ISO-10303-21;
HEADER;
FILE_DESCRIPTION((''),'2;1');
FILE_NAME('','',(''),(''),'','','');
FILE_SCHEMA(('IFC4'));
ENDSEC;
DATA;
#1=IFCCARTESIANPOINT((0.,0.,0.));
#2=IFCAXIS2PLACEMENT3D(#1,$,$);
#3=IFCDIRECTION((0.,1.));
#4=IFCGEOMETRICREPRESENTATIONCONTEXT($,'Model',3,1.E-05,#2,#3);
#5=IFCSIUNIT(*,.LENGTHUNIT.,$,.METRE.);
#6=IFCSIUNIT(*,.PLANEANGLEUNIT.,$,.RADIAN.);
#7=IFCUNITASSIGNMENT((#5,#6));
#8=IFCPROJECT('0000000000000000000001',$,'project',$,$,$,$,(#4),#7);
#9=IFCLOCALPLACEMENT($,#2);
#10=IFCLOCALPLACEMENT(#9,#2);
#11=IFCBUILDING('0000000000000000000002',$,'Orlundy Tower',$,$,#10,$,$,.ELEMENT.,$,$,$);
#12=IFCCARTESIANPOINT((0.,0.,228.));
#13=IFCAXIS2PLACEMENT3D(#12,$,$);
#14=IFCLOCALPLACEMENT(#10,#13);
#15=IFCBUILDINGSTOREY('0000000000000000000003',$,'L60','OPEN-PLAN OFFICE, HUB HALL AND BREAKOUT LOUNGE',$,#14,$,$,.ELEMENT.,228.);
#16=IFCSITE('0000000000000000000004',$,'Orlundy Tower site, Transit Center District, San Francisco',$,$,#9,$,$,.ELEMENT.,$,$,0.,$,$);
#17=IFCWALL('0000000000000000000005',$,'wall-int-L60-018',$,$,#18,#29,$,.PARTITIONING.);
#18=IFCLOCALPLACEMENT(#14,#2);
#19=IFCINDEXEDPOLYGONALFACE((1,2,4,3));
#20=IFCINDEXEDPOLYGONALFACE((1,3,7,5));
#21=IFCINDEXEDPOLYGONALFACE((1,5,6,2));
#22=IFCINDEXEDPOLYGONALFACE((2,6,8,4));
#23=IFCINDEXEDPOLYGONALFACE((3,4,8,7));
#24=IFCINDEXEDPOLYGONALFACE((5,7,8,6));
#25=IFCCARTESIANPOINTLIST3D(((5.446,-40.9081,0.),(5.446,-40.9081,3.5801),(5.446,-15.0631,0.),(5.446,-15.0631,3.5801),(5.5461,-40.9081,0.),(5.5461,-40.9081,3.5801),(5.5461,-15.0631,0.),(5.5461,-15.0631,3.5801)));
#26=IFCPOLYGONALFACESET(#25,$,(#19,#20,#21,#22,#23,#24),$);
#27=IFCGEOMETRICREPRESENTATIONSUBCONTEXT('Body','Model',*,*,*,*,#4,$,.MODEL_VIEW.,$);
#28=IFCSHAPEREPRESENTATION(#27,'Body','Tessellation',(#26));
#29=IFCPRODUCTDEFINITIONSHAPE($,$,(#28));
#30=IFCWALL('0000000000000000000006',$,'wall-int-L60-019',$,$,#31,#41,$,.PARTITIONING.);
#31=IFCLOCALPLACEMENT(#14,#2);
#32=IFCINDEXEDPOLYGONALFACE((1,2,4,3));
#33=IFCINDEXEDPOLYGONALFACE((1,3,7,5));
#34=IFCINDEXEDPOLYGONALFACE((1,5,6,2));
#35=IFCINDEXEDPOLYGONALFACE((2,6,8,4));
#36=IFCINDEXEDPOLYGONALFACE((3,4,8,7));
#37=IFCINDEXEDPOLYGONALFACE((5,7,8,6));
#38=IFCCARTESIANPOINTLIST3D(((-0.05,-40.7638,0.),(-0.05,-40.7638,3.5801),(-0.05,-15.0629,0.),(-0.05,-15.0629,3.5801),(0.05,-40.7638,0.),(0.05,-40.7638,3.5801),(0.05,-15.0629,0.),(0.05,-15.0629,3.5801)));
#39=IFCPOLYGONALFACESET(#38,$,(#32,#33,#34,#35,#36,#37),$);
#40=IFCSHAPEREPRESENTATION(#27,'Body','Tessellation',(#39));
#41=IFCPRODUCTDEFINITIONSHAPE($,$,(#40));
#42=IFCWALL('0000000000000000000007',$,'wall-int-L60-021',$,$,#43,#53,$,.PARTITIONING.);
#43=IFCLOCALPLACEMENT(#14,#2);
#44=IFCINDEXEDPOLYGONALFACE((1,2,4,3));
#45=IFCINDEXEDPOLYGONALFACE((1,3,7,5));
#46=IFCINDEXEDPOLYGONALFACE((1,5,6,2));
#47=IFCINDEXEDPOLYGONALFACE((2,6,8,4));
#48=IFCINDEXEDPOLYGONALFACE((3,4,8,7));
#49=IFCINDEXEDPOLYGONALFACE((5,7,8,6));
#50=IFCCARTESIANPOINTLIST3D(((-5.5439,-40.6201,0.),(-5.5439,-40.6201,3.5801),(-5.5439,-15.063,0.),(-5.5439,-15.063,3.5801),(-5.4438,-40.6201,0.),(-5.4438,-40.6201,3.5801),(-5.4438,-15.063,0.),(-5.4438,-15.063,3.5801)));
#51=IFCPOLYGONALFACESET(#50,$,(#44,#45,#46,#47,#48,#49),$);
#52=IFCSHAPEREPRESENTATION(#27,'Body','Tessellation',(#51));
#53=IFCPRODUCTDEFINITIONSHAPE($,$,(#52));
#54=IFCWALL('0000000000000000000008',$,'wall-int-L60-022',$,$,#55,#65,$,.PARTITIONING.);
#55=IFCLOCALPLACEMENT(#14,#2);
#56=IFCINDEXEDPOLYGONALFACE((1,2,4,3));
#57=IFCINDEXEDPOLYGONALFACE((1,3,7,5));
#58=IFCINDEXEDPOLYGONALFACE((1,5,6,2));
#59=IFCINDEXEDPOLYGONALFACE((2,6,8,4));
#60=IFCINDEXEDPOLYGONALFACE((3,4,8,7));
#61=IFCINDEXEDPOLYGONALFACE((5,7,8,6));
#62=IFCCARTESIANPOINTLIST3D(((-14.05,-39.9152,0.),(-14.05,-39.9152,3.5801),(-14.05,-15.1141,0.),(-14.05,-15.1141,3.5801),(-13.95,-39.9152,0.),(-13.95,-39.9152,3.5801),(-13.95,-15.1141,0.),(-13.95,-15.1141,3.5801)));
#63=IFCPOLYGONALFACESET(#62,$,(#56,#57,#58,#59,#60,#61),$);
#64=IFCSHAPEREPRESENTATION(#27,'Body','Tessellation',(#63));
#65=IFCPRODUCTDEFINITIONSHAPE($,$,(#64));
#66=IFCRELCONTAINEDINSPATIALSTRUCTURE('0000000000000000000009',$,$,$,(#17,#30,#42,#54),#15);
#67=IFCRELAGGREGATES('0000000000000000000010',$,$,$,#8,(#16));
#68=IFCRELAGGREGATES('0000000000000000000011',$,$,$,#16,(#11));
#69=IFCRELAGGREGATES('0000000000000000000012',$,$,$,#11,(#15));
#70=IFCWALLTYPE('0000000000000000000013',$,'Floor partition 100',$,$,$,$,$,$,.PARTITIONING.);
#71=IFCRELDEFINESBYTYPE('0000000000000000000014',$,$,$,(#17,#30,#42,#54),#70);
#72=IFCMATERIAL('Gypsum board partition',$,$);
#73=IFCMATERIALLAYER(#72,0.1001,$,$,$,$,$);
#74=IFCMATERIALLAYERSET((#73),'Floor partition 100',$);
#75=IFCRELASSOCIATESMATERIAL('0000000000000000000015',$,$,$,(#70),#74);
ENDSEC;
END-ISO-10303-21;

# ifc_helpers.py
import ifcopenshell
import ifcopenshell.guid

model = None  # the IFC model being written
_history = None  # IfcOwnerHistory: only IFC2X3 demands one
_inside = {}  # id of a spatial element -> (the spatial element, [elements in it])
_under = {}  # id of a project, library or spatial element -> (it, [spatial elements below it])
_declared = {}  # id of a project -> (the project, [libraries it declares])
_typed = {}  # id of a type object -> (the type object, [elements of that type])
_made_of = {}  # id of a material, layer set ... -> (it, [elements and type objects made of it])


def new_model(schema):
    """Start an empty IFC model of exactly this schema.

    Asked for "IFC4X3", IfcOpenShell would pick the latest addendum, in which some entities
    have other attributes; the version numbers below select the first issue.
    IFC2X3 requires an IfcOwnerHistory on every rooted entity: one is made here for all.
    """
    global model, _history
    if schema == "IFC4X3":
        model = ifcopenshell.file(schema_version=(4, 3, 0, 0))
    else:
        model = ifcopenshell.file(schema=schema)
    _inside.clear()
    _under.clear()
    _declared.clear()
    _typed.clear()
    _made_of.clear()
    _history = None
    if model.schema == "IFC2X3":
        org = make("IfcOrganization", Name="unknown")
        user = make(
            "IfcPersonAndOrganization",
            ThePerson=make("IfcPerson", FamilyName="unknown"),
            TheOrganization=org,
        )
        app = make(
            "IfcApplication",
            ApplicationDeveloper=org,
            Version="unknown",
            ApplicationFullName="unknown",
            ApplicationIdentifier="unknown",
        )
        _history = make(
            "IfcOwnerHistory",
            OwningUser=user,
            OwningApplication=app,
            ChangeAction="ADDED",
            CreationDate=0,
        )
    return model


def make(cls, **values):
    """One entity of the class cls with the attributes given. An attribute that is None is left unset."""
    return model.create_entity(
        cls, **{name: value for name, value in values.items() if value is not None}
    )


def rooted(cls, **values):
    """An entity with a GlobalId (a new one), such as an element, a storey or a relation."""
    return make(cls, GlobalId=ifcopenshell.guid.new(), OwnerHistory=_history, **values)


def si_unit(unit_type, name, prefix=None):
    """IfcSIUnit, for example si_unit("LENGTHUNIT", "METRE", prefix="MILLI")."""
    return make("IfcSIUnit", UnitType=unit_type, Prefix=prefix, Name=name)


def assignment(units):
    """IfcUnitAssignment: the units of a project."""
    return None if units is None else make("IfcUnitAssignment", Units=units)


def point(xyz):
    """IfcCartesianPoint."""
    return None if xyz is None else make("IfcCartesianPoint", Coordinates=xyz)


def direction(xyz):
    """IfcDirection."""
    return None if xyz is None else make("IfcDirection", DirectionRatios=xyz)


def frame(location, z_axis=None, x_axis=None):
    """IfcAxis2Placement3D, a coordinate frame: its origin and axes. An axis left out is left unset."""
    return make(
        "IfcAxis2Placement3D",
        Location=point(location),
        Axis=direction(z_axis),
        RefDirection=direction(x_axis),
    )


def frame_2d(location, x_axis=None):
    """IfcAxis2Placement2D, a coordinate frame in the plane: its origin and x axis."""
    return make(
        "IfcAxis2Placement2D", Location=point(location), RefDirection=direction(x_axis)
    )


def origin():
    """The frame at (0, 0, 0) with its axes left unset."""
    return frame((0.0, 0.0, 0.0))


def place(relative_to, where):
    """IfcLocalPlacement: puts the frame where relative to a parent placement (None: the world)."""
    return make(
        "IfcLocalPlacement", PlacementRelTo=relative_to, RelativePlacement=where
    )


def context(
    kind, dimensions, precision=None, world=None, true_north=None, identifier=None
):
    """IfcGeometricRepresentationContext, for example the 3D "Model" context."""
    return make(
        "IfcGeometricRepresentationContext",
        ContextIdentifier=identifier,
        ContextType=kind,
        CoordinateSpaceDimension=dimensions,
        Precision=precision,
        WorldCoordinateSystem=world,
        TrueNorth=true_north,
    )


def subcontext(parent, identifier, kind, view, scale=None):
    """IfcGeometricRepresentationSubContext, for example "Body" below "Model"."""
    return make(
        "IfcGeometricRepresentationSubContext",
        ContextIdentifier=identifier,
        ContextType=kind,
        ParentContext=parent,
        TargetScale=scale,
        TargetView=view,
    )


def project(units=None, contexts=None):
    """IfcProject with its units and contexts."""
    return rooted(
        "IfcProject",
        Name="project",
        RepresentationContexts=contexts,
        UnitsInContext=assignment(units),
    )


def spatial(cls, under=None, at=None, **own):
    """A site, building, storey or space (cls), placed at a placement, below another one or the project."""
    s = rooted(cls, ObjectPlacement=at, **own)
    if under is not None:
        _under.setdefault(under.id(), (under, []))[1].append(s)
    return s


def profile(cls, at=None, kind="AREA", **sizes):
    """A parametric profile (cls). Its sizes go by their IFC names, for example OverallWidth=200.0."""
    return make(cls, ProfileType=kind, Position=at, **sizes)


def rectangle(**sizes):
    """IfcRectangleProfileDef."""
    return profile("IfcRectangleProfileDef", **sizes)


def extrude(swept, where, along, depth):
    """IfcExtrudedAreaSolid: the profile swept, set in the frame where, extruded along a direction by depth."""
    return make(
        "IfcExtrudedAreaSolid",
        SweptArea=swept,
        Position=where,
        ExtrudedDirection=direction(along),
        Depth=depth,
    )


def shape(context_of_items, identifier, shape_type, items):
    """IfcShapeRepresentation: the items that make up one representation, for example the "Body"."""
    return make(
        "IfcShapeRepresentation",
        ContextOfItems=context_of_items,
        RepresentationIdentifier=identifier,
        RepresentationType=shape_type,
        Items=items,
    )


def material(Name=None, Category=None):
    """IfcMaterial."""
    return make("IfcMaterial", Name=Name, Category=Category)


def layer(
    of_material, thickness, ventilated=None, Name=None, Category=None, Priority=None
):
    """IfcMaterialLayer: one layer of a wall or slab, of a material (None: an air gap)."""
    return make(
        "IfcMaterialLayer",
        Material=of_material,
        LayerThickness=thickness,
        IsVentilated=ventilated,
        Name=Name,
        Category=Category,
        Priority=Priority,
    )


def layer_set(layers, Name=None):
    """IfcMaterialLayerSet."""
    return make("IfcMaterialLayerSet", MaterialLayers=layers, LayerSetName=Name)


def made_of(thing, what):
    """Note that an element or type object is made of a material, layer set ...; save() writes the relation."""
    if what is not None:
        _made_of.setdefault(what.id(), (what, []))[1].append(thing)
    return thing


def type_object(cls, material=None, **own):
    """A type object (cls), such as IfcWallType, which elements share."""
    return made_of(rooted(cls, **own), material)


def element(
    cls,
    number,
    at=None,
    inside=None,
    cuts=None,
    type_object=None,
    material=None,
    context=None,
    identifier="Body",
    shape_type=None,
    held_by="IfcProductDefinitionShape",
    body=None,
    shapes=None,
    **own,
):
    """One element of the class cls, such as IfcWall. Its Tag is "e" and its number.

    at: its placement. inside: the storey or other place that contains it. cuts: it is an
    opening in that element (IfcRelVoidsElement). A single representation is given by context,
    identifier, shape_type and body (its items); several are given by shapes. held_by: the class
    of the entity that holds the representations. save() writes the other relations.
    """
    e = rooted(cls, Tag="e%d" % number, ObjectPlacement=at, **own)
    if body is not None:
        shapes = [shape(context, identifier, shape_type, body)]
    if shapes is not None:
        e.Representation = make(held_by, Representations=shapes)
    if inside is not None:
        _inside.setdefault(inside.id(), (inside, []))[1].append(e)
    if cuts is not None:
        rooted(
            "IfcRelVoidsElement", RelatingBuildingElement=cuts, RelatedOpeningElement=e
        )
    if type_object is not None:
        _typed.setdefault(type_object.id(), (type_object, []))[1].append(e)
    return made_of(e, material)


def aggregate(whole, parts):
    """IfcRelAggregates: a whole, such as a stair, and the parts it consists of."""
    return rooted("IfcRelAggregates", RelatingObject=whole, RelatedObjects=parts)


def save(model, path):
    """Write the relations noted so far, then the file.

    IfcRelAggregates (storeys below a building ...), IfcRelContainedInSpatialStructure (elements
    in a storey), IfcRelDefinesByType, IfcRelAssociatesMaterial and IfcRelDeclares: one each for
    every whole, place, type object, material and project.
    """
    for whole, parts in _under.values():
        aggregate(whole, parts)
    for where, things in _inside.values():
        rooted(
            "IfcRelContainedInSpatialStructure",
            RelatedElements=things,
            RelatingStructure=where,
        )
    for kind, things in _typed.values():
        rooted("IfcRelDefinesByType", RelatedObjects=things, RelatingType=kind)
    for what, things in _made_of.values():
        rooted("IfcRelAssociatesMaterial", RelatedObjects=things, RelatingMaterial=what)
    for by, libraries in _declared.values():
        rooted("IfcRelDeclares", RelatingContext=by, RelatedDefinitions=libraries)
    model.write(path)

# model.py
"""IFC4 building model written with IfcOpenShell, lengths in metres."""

from ifc_helpers import new_model, si_unit, direction, frame, frame_2d, origin, place, context, subcontext, project, spatial, rectangle, extrude, material, layer, layer_set, type_object, element, save


model = new_model("IFC4")

# Units and contexts
model_context = context("Model", 3, precision=1e-05, world=origin(), true_north=direction((0.0, 1.0)))
body_context = subcontext(model_context, "Body", "Model", "MODEL_VIEW")
ifc_project = project(units=[si_unit("LENGTHUNIT", "METRE"), si_unit("PLANEANGLEUNIT", "RADIAN")], contexts=[model_context])

# Site, building, storey
site_placement = place(None, origin())
site = spatial("IfcSite", under=ifc_project, at=site_placement, Name="Orlundy Tower site, Transit Center District, San Francisco", CompositionType="ELEMENT", RefElevation=0.0)
building_placement = place(site_placement, origin())
building = spatial("IfcBuilding", under=site, at=building_placement, Name="Orlundy Tower", CompositionType="ELEMENT")
storey_placement = place(building_placement, frame((0.0, 0.0, 228.0)))
storey = spatial("IfcBuildingStorey", under=building, at=storey_placement, Name="L60", Description="OPEN-PLAN OFFICE, HUB HALL AND BREAKOUT LOUNGE", CompositionType="ELEMENT", Elevation=228.0)

# Walls
ifc_material_1 = material(Name="Gypsum board partition")
ifc_layer_1 = layer(ifc_material_1, 0.1001)
ifc_layer_set_1 = layer_set([ifc_layer_1], Name="Floor partition 100")
wall_type = type_object("IfcWallType", Name="Floor partition 100", PredefinedType="PARTITIONING", material=ifc_layer_set_1)
wall_1_placement = place(storey_placement, frame((5.4961, -40.908, 0.0), z_axis=(0.0, 0.0, 1.0), x_axis=(0.0, 1.0, 0.0)))
element("IfcWall", 1, at=wall_1_placement, inside=storey, type_object=wall_type, Name="wall-int-L60-018", PredefinedType="PARTITIONING", context=body_context, shape_type="SweptSolid", body=[
    extrude(rectangle(XDim=25.845, YDim=0.1001, at=frame_2d((12.9224, 0.0))), origin(), (0.0, 0.0, 1.0), 3.5801),
])
wall_2_placement = place(storey_placement, frame((0.0, -40.7639, 0.0), z_axis=(0.0, 0.0, 1.0), x_axis=(0.0, 1.0, 0.0)))
element("IfcWall", 2, at=wall_2_placement, inside=storey, type_object=wall_type, Name="wall-int-L60-019", PredefinedType="PARTITIONING", context=body_context, shape_type="SweptSolid", body=[
    extrude(rectangle(XDim=25.7009, YDim=0.1001, at=frame_2d((12.8506, 0.0))), origin(), (0.0, 0.0, 1.0), 3.5801),
])
wall_3_placement = place(storey_placement, frame((-5.4939, -40.6201, 0.0), z_axis=(0.0, 0.0, 1.0), x_axis=(0.0, 1.0, 0.0)))
element("IfcWall", 3, at=wall_3_placement, inside=storey, type_object=wall_type, Name="wall-int-L60-021", PredefinedType="PARTITIONING", context=body_context, shape_type="SweptSolid", body=[
    extrude(rectangle(XDim=25.5571, YDim=0.1001, at=frame_2d((12.7786, 0.0))), origin(), (0.0, 0.0, 1.0), 3.5801),
])
wall_4_placement = place(storey_placement, frame((-14.0, -39.915, 0.0), z_axis=(0.0, 0.0, 1.0), x_axis=(0.0, 1.0, 0.0)))
element("IfcWall", 4, at=wall_4_placement, inside=storey, type_object=wall_type, Name="wall-int-L60-022", PredefinedType="PARTITIONING", context=body_context, shape_type="SweptSolid", body=[
    extrude(rectangle(XDim=24.801, YDim=0.1001, at=frame_2d((12.4004, 0.0))), origin(), (0.0, 0.0, 1.0), 3.5801),
])

save(model, "model.ifc")
